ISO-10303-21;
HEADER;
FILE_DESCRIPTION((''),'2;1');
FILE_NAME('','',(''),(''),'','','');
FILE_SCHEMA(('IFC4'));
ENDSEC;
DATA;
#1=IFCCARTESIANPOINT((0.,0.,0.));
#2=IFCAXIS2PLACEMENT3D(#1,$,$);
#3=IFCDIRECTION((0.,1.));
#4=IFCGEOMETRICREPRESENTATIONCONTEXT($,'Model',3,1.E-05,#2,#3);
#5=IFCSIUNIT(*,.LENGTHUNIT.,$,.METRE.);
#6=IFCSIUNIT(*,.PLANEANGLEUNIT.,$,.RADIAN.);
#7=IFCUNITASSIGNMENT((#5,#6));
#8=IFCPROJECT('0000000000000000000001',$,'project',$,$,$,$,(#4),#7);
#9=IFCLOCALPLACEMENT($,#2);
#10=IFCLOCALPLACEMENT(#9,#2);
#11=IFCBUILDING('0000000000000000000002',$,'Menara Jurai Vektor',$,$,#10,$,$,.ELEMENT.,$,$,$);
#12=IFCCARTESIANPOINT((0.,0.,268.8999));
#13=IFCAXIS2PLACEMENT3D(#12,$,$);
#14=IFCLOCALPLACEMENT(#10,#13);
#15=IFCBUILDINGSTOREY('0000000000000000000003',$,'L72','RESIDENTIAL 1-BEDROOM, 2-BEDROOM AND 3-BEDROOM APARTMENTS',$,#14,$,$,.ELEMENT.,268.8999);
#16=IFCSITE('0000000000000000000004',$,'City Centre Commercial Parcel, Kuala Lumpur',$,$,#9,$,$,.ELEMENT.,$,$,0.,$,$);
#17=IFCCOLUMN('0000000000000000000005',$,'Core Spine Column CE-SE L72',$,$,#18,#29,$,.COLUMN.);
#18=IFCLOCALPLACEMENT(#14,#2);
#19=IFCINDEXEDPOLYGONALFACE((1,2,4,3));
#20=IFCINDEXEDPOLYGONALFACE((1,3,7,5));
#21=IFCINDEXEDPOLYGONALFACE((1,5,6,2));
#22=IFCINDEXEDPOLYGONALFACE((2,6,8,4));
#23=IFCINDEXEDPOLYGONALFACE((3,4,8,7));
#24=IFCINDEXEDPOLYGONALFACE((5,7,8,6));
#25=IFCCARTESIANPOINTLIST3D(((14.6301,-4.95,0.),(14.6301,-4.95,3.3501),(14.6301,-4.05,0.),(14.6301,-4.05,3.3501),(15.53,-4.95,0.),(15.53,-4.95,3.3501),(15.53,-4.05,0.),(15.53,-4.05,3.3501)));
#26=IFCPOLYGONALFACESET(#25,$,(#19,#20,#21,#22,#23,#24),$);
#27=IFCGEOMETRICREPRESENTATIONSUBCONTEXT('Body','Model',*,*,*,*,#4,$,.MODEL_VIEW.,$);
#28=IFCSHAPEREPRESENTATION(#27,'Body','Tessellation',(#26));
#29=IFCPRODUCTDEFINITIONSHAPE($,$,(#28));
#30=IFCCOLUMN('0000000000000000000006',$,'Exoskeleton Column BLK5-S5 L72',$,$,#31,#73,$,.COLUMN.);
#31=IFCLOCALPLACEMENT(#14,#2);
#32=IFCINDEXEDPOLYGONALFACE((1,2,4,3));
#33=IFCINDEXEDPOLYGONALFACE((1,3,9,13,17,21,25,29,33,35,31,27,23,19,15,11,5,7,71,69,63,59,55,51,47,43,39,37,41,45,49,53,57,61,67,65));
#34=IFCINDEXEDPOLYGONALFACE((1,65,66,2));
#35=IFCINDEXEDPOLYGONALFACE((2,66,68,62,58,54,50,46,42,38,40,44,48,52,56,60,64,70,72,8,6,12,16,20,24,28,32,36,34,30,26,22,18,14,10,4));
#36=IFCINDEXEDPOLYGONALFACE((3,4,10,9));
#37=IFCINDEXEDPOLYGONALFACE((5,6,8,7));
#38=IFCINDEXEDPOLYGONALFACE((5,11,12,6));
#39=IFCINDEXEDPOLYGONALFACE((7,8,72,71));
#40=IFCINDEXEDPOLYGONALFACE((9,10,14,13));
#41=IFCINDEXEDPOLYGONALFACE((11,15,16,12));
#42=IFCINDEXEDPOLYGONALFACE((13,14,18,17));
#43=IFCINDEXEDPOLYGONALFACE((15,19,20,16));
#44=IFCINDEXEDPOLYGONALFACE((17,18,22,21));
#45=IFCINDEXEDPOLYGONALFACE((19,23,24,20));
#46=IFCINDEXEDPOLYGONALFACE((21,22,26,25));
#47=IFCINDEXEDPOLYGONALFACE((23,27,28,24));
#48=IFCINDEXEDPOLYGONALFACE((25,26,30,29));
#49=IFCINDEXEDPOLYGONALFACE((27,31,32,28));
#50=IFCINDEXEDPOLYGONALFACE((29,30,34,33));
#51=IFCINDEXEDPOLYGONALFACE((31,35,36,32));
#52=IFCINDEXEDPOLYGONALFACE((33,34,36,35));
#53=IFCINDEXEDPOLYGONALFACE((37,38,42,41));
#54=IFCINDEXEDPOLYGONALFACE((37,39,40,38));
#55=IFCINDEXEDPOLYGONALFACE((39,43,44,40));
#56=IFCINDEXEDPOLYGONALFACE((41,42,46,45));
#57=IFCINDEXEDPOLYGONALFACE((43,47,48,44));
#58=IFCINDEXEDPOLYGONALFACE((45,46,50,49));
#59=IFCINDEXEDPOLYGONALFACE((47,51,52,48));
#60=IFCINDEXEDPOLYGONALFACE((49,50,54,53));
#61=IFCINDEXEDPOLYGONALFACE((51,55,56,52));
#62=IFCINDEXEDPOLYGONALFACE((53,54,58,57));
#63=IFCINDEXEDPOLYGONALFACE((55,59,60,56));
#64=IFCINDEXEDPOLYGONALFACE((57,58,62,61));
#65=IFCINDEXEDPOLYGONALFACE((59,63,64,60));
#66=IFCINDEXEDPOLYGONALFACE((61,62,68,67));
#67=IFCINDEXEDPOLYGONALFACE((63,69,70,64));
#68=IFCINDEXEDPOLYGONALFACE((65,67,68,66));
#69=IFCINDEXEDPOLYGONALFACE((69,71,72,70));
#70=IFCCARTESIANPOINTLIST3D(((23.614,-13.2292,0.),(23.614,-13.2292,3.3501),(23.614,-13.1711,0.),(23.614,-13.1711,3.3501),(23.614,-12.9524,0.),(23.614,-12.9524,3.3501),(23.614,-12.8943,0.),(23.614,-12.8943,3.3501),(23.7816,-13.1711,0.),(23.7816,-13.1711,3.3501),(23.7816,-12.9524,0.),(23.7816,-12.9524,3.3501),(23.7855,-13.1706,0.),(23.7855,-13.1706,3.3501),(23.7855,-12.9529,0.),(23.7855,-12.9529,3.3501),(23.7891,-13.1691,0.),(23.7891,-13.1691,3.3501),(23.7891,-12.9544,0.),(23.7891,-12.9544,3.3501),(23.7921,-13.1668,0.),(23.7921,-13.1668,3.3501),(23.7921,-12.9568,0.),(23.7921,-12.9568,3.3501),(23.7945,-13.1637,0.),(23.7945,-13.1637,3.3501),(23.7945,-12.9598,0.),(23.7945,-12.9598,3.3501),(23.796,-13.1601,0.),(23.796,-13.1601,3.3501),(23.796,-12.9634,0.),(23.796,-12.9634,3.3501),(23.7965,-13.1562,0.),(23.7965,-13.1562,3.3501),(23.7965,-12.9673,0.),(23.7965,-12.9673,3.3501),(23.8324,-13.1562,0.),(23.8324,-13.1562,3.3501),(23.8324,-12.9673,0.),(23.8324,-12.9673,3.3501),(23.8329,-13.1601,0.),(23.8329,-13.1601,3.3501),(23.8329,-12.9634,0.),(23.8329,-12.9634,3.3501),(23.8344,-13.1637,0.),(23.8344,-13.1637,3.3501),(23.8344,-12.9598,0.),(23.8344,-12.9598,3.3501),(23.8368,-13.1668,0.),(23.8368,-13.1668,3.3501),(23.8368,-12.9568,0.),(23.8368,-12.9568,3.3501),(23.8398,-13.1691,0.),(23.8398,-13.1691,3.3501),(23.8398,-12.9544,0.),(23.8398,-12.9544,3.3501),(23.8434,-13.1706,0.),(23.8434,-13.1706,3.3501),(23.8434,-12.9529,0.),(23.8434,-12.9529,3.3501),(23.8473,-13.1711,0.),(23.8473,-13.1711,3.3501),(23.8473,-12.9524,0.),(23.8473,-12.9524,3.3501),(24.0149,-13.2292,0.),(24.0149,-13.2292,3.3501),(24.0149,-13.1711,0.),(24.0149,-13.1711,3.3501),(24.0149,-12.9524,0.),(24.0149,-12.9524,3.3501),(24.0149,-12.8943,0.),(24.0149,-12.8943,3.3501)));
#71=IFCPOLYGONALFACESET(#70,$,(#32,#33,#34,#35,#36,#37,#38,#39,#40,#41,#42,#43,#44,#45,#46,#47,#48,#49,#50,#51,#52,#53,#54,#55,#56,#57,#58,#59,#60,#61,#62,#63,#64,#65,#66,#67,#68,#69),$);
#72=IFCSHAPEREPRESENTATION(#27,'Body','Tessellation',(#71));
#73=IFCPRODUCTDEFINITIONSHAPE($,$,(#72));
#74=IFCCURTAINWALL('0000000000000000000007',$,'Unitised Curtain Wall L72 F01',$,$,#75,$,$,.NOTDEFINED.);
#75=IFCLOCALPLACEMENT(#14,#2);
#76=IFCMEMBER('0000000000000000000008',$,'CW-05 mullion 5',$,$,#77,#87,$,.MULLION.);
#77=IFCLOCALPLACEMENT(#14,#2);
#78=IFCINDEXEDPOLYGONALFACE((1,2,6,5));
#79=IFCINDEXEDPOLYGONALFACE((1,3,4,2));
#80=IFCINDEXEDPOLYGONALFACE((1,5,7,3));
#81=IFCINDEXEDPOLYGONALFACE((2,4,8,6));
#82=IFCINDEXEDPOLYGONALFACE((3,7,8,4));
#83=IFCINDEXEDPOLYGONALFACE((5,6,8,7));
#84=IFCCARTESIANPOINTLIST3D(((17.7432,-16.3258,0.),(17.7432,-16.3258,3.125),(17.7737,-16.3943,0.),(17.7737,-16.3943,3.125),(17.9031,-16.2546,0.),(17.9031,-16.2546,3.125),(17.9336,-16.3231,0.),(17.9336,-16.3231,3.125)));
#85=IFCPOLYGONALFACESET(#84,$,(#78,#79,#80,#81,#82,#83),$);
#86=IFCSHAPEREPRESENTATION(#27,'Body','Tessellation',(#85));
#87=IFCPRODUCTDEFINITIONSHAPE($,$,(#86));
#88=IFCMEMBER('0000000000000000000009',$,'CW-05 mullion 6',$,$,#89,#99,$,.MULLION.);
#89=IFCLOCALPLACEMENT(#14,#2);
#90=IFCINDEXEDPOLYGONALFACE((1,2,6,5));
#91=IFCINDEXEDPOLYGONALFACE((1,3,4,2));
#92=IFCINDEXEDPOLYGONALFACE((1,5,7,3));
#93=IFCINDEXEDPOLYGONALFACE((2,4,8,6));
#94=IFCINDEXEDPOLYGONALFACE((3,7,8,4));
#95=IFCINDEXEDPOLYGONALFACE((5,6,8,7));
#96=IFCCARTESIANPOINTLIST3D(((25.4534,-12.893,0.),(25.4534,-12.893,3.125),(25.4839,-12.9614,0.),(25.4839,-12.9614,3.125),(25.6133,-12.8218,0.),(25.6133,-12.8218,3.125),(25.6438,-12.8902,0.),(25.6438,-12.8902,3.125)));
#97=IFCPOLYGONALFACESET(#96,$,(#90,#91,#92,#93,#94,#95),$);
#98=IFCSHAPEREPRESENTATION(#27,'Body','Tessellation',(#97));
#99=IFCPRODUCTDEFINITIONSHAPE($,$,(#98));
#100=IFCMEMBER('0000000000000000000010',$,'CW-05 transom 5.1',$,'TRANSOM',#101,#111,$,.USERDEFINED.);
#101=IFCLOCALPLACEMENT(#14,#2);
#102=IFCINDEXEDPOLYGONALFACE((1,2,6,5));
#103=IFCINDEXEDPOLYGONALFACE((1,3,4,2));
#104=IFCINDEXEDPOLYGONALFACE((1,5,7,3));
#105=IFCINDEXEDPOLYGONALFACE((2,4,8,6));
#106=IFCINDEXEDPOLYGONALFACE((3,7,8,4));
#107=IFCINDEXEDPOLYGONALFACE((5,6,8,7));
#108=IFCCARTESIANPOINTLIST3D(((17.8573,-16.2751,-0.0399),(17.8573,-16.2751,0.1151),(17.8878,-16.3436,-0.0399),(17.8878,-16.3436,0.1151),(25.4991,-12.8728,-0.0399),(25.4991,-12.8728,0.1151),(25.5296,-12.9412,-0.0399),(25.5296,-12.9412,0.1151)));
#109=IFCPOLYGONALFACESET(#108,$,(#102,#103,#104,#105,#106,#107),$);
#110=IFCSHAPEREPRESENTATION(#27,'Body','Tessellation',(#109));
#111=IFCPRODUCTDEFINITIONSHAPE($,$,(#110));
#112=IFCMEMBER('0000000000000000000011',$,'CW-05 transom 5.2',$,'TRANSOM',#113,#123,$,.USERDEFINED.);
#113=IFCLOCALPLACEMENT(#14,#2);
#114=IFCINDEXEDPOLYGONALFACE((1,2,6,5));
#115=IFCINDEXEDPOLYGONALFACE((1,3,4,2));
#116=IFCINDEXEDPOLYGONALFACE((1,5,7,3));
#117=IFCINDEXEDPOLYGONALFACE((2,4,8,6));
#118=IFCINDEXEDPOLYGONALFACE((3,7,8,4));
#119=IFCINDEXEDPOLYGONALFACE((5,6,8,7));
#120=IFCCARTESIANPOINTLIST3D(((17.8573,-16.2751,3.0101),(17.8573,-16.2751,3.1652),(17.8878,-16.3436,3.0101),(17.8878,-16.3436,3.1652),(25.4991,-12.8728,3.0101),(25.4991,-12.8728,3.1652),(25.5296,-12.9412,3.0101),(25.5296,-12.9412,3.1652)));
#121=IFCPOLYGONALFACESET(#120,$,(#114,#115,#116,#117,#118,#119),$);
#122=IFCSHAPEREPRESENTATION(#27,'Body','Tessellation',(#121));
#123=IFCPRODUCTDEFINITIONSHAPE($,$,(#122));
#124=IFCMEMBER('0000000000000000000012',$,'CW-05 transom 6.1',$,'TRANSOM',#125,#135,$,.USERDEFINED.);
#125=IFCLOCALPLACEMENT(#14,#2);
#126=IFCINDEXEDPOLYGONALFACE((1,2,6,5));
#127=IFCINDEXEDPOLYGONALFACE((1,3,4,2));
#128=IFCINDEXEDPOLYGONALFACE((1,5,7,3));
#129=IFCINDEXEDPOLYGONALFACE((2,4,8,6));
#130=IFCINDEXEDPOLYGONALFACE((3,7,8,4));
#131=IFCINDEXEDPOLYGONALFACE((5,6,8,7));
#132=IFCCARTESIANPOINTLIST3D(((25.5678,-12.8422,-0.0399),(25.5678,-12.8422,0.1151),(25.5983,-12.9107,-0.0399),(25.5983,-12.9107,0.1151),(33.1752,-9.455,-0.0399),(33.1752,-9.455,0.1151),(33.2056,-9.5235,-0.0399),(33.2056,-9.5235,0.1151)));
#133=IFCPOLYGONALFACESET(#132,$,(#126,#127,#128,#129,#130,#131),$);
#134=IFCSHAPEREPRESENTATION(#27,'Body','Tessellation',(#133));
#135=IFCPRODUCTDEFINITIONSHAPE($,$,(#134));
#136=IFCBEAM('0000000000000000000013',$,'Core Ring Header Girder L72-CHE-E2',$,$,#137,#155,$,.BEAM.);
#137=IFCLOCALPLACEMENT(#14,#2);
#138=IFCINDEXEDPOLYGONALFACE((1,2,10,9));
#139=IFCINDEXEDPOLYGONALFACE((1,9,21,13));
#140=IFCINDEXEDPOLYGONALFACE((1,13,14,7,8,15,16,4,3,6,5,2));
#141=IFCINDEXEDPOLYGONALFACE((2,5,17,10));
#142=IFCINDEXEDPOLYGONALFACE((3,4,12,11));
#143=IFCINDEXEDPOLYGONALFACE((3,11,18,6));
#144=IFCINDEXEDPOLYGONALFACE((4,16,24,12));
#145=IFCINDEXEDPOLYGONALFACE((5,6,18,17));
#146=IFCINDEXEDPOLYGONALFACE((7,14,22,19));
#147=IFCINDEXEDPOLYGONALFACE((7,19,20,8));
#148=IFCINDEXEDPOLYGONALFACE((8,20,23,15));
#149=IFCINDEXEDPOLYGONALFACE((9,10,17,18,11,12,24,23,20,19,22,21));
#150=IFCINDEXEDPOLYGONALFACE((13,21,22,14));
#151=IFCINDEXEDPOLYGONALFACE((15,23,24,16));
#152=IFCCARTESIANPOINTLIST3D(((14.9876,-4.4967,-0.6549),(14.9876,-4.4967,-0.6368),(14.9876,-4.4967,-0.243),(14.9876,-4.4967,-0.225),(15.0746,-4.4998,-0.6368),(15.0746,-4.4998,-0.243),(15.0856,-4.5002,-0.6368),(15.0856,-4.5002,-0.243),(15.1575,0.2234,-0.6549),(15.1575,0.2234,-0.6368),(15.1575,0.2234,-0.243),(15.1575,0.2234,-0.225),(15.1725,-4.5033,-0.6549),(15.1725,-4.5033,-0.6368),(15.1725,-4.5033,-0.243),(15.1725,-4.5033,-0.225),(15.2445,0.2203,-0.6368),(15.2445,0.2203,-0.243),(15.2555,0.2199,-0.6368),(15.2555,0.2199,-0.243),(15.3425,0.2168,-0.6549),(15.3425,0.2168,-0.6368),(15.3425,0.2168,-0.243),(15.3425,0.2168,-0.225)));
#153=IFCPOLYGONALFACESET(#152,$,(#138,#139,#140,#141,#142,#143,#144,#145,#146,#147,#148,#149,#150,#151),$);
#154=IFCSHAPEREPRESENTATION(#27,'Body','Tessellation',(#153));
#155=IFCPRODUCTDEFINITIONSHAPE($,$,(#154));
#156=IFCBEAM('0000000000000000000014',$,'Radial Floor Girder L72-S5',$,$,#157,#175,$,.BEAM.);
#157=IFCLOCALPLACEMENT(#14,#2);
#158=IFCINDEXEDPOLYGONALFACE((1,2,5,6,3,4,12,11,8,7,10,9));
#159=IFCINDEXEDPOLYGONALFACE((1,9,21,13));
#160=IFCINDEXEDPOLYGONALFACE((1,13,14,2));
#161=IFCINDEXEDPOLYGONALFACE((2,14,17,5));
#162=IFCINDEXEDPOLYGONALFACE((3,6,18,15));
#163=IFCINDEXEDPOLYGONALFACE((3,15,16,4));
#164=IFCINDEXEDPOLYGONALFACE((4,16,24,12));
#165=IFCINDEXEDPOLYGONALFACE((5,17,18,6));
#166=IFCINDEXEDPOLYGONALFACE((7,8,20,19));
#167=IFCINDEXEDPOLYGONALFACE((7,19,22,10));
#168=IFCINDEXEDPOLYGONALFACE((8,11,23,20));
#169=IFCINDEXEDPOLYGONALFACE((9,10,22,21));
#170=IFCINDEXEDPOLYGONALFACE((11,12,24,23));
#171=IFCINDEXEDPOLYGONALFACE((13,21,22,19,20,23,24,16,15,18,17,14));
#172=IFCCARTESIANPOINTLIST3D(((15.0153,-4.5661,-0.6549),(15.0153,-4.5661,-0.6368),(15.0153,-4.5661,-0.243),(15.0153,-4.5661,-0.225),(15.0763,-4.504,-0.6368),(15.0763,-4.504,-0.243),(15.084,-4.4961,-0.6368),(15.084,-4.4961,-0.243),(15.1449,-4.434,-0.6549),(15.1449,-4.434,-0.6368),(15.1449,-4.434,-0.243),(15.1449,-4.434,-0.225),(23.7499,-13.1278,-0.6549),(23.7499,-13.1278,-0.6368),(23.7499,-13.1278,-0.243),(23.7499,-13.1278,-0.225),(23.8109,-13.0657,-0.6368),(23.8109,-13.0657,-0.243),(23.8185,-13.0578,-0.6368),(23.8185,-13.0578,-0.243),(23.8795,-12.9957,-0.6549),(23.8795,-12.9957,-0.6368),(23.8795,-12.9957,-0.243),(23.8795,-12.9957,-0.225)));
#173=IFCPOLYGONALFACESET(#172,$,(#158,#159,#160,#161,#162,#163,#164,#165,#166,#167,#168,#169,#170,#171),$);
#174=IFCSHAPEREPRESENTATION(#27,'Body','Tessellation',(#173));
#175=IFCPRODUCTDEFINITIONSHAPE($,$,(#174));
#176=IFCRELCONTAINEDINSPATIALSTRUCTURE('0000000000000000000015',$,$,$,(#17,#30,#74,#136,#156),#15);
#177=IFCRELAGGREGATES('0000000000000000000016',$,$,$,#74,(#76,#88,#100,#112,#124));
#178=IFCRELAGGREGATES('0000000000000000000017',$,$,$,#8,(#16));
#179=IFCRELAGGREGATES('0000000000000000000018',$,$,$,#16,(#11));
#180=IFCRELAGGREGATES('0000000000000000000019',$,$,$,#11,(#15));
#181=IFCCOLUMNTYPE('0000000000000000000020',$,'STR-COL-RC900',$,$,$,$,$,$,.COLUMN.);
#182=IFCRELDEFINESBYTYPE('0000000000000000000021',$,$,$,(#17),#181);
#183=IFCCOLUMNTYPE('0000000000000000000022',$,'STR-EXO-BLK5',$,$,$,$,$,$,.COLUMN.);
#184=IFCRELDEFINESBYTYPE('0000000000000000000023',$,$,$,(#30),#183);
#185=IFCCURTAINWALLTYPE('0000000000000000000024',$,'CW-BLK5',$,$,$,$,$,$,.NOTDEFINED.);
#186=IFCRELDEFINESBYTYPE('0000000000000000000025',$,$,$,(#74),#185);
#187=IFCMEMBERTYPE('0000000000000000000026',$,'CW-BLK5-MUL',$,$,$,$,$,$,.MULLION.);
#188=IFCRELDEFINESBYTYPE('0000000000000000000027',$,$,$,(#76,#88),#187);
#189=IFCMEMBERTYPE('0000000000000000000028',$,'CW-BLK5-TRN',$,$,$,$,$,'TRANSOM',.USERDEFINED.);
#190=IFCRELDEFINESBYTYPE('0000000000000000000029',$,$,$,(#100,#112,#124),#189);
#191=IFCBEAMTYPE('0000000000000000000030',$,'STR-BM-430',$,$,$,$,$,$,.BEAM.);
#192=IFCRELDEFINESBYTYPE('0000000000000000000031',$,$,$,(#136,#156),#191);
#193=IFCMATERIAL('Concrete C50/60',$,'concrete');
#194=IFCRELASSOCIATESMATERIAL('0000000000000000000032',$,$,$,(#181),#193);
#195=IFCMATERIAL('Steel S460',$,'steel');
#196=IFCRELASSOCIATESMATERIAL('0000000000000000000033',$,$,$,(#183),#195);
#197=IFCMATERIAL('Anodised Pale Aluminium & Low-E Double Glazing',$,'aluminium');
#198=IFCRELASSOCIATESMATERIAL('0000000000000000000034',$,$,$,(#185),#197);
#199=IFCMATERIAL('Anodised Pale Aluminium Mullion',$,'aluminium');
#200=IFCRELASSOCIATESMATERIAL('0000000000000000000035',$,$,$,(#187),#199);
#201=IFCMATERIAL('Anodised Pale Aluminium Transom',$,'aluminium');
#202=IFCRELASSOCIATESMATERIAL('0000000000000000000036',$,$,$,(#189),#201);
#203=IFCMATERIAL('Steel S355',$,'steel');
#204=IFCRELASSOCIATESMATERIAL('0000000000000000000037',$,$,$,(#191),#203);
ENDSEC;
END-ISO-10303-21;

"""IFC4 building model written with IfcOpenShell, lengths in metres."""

from ifc_helpers import new_model, si_unit, direction, frame, origin, origin_2d, place, context, subcontext, project, spatial, rectangle, i_section, extrude, material, material_profile, profile_set, type_object, element, aggregate, save


model = new_model("IFC4")

# Units and contexts
model_context = context("Model", 3, precision=1e-05, world=origin(), true_north=direction((0.0, 1.0)))
body_context = subcontext(model_context, "Body", "Model", "MODEL_VIEW")
ifc_project = project(units=[si_unit("LENGTHUNIT", "METRE"), si_unit("PLANEANGLEUNIT", "RADIAN")], contexts=[model_context])

# Site, building, storey
site_placement = place(None, origin())
site = spatial("IfcSite", under=ifc_project, at=site_placement, Name="City Centre Commercial Parcel, Kuala Lumpur", CompositionType="ELEMENT", RefElevation=0.0)
building_placement = place(site_placement, origin())
building = spatial("IfcBuilding", under=site, at=building_placement, Name="Menara Jurai Vektor", CompositionType="ELEMENT")
storey_placement = place(building_placement, frame((0.0, 0.0, 268.8999)))
storey = spatial("IfcBuildingStorey", under=building, at=storey_placement, Name="L72", Description="RESIDENTIAL 1-BEDROOM, 2-BEDROOM AND 3-BEDROOM APARTMENTS", CompositionType="ELEMENT", Elevation=268.8999)

# Columns
ifc_material_1 = material(Name="Concrete C50/60", Category="concrete")
ifc_material_profile_1 = material_profile(ifc_material_1, rectangle(XDim=0.8999, YDim=0.8999, at=origin_2d()), Name="RC 900x900")
ifc_profile_set_1 = profile_set([ifc_material_profile_1], Name="Concrete C50/60")
column_type_1 = type_object("IfcColumnType", Name="STR-COL-RC900", PredefinedType="COLUMN", material=ifc_profile_set_1)
column_1_placement = place(storey_placement, frame((15.0801, -4.5, 0.0), z_axis=(0.0, 0.0, 1.0), x_axis=(1.0, 0.0, 0.0)))
element("IfcColumn", 1, at=column_1_placement, inside=storey, type_object=column_type_1, Name="Core Spine Column CE-SE L72", PredefinedType="COLUMN", context=body_context, shape_type="SweptSolid", body=[
    extrude(rectangle(XDim=0.8999, YDim=0.8999, at=origin_2d()), origin(), (0.0, 0.0, 1.0), 3.3501),
])
ifc_material_2 = material(Name="Steel S460", Category="steel")
ifc_material_profile_2 = material_profile(ifc_material_2, i_section(OverallWidth=0.4009, OverallDepth=0.335, WebThickness=0.0359, FlangeThickness=0.0581, FilletRadius=0.0149, at=origin_2d()), Name="HD 400x463")
ifc_profile_set_2 = profile_set([ifc_material_profile_2], Name="Steel S460")
column_type_2 = type_object("IfcColumnType", Name="STR-EXO-BLK5", PredefinedType="COLUMN", material=ifc_profile_set_2)
column_2_placement = place(storey_placement, frame((23.8145, -13.0618, 0.0), z_axis=(0.0, 0.0, 1.0), x_axis=(1.0, 0.0, 0.0)))
element("IfcColumn", 2, at=column_2_placement, inside=storey, type_object=column_type_2, Name="Exoskeleton Column BLK5-S5 L72", PredefinedType="COLUMN", context=body_context, shape_type="SweptSolid", body=[
    extrude(i_section(OverallWidth=0.4009, OverallDepth=0.335, WebThickness=0.0359, FlangeThickness=0.0581, FilletRadius=0.0149, at=origin_2d()), origin(), (0.0, 0.0, 1.0), 3.3501),
])

# Curtain wall, members
ifc_material_3 = material(Name="Anodised Pale Aluminium & Low-E Double Glazing", Category="aluminium")
curtain_wall_type = type_object("IfcCurtainWallType", Name="CW-BLK5", PredefinedType="NOTDEFINED", material=ifc_material_3)
curtain_wall_placement = place(storey_placement, origin())
curtain_wall = element("IfcCurtainWall", 3, at=curtain_wall_placement, inside=storey, type_object=curtain_wall_type, Name="Unitised Curtain Wall L72 F01", PredefinedType="NOTDEFINED")
ifc_material_4 = material(Name="Anodised Pale Aluminium Mullion", Category="aluminium")
ifc_material_profile_3 = material_profile(ifc_material_4, rectangle(XDim=0.075, YDim=0.175, at=origin_2d()), Name="ALU MUL 75x175")
ifc_profile_set_3 = profile_set([ifc_material_profile_3], Name="Anodised Pale Aluminium Mullion")
member_type_1 = type_object("IfcMemberType", Name="CW-BLK5-MUL", PredefinedType="MULLION", material=ifc_profile_set_3)
member_1_placement = place(storey_placement, frame((17.8384, -16.3245, 0.0), z_axis=(0.0, 0.0, 1.0), x_axis=(-0.406735, 0.913546, 0.0)))
member_1 = element("IfcMember", 4, at=member_1_placement, type_object=member_type_1, Name="CW-05 mullion 5", PredefinedType="MULLION", context=body_context, shape_type="SweptSolid", body=[
    extrude(rectangle(XDim=0.075, YDim=0.175, at=origin_2d()), origin(), (0.0, 0.0, 1.0), 3.125),
])
member_2_placement = place(storey_placement, frame((25.5486, -12.8916, 0.0), z_axis=(0.0, 0.0, 1.0), x_axis=(-0.406735, 0.913546, 0.0)))
member_2 = element("IfcMember", 5, at=member_2_placement, type_object=member_type_1, Name="CW-05 mullion 6", PredefinedType="MULLION", context=body_context, shape_type="SweptSolid", body=[
    extrude(rectangle(XDim=0.075, YDim=0.175, at=origin_2d()), origin(), (0.0, 0.0, 1.0), 3.125),
])
ifc_material_5 = material(Name="Anodised Pale Aluminium Transom", Category="aluminium")
ifc_material_profile_4 = material_profile(ifc_material_5, rectangle(XDim=0.075, YDim=0.155, at=origin_2d()), Name="ALU TRN 75x155")
ifc_profile_set_4 = profile_set([ifc_material_profile_4], Name="Anodised Pale Aluminium Transom")
member_type_2 = type_object("IfcMemberType", Name="CW-BLK5-TRN", ElementType="TRANSOM", PredefinedType="USERDEFINED", material=ifc_profile_set_4)
member_3_placement = place(storey_placement, frame((17.8726, -16.3093, 0.0376), z_axis=(0.913547, 0.406734, 0.0), x_axis=(-0.406734, 0.913547, 0.0)))
member_3 = element("IfcMember", 6, at=member_3_placement, type_object=member_type_2, Name="CW-05 transom 5.1", ObjectType="TRANSOM", PredefinedType="USERDEFINED", context=body_context, shape_type="SweptSolid", body=[
    extrude(rectangle(XDim=0.075, YDim=0.155, at=origin_2d()), origin(), (0.0, 0.0, 1.0), 8.365),
])
member_4_placement = place(storey_placement, frame((17.8726, -16.3093, 3.0876), z_axis=(0.913547, 0.406734, 0.0), x_axis=(-0.406734, 0.913547, 0.0)))
member_4 = element("IfcMember", 7, at=member_4_placement, type_object=member_type_2, Name="CW-05 transom 5.2", ObjectType="TRANSOM", PredefinedType="USERDEFINED", context=body_context, shape_type="SweptSolid", body=[
    extrude(rectangle(XDim=0.075, YDim=0.155, at=origin_2d()), origin(), (0.0, 0.0, 1.0), 8.365),
])
member_5_placement = place(storey_placement, frame((25.583, -12.8765, 0.0376), z_axis=(0.913538, 0.406753, 0.0), x_axis=(-0.406753, 0.913538, 0.0)))
member_5 = element("IfcMember", 8, at=member_5_placement, type_object=member_type_2, Name="CW-05 transom 6.1", ObjectType="TRANSOM", PredefinedType="USERDEFINED", context=body_context, shape_type="SweptSolid", body=[
    extrude(rectangle(XDim=0.075, YDim=0.155, at=origin_2d()), origin(), (0.0, 0.0, 1.0), 8.3274),
])

# Beams
ifc_material_6 = material(Name="Steel S355", Category="steel")
ifc_material_profile_5 = material_profile(ifc_material_6, i_section(OverallWidth=0.1851, OverallDepth=0.4299, WebThickness=0.011, FlangeThickness=0.0181, at=origin_2d()), Name="PG 430x185x76")
ifc_profile_set_5 = profile_set([ifc_material_profile_5], Name="Steel S355")
beam_type_1 = type_object("IfcBeamType", Name="STR-BM-430", PredefinedType="BEAM", material=ifc_profile_set_5)
beam_1_placement = place(storey_placement, frame((15.0801, -4.5, -0.4399), z_axis=(0.035977, 0.999353, 0.0), x_axis=(-0.999353, 0.035977, 0.0)))
element("IfcBeam", 9, at=beam_1_placement, inside=storey, type_object=beam_type_1, Name="Core Ring Header Girder L72-CHE-E2", PredefinedType="BEAM", context=body_context, shape_type="SweptSolid", body=[
    extrude(i_section(OverallWidth=0.1851, OverallDepth=0.4299, WebThickness=0.011, FlangeThickness=0.0181, at=origin_2d()), origin(), (0.0, 0.0, 1.0), 4.7231),
])
beam_2_placement = place(storey_placement, frame((23.8147, -13.0618, -0.4399), z_axis=(-0.714138, 0.700005, 0.0), x_axis=(-0.700005, -0.714138, 0.0)))
element("IfcBeam", 10, at=beam_2_placement, inside=storey, type_object=beam_type_1, Name="Radial Floor Girder L72-S5", PredefinedType="BEAM", context=body_context, shape_type="SweptSolid", body=[
    extrude(i_section(OverallWidth=0.1851, OverallDepth=0.4299, WebThickness=0.011, FlangeThickness=0.0181, at=origin_2d()), origin(), (0.0, 0.0, 1.0), 12.231),
])

aggregate(curtain_wall, [member_1, member_2, member_3, member_4, member_5])

save(model, "model.ifc")
